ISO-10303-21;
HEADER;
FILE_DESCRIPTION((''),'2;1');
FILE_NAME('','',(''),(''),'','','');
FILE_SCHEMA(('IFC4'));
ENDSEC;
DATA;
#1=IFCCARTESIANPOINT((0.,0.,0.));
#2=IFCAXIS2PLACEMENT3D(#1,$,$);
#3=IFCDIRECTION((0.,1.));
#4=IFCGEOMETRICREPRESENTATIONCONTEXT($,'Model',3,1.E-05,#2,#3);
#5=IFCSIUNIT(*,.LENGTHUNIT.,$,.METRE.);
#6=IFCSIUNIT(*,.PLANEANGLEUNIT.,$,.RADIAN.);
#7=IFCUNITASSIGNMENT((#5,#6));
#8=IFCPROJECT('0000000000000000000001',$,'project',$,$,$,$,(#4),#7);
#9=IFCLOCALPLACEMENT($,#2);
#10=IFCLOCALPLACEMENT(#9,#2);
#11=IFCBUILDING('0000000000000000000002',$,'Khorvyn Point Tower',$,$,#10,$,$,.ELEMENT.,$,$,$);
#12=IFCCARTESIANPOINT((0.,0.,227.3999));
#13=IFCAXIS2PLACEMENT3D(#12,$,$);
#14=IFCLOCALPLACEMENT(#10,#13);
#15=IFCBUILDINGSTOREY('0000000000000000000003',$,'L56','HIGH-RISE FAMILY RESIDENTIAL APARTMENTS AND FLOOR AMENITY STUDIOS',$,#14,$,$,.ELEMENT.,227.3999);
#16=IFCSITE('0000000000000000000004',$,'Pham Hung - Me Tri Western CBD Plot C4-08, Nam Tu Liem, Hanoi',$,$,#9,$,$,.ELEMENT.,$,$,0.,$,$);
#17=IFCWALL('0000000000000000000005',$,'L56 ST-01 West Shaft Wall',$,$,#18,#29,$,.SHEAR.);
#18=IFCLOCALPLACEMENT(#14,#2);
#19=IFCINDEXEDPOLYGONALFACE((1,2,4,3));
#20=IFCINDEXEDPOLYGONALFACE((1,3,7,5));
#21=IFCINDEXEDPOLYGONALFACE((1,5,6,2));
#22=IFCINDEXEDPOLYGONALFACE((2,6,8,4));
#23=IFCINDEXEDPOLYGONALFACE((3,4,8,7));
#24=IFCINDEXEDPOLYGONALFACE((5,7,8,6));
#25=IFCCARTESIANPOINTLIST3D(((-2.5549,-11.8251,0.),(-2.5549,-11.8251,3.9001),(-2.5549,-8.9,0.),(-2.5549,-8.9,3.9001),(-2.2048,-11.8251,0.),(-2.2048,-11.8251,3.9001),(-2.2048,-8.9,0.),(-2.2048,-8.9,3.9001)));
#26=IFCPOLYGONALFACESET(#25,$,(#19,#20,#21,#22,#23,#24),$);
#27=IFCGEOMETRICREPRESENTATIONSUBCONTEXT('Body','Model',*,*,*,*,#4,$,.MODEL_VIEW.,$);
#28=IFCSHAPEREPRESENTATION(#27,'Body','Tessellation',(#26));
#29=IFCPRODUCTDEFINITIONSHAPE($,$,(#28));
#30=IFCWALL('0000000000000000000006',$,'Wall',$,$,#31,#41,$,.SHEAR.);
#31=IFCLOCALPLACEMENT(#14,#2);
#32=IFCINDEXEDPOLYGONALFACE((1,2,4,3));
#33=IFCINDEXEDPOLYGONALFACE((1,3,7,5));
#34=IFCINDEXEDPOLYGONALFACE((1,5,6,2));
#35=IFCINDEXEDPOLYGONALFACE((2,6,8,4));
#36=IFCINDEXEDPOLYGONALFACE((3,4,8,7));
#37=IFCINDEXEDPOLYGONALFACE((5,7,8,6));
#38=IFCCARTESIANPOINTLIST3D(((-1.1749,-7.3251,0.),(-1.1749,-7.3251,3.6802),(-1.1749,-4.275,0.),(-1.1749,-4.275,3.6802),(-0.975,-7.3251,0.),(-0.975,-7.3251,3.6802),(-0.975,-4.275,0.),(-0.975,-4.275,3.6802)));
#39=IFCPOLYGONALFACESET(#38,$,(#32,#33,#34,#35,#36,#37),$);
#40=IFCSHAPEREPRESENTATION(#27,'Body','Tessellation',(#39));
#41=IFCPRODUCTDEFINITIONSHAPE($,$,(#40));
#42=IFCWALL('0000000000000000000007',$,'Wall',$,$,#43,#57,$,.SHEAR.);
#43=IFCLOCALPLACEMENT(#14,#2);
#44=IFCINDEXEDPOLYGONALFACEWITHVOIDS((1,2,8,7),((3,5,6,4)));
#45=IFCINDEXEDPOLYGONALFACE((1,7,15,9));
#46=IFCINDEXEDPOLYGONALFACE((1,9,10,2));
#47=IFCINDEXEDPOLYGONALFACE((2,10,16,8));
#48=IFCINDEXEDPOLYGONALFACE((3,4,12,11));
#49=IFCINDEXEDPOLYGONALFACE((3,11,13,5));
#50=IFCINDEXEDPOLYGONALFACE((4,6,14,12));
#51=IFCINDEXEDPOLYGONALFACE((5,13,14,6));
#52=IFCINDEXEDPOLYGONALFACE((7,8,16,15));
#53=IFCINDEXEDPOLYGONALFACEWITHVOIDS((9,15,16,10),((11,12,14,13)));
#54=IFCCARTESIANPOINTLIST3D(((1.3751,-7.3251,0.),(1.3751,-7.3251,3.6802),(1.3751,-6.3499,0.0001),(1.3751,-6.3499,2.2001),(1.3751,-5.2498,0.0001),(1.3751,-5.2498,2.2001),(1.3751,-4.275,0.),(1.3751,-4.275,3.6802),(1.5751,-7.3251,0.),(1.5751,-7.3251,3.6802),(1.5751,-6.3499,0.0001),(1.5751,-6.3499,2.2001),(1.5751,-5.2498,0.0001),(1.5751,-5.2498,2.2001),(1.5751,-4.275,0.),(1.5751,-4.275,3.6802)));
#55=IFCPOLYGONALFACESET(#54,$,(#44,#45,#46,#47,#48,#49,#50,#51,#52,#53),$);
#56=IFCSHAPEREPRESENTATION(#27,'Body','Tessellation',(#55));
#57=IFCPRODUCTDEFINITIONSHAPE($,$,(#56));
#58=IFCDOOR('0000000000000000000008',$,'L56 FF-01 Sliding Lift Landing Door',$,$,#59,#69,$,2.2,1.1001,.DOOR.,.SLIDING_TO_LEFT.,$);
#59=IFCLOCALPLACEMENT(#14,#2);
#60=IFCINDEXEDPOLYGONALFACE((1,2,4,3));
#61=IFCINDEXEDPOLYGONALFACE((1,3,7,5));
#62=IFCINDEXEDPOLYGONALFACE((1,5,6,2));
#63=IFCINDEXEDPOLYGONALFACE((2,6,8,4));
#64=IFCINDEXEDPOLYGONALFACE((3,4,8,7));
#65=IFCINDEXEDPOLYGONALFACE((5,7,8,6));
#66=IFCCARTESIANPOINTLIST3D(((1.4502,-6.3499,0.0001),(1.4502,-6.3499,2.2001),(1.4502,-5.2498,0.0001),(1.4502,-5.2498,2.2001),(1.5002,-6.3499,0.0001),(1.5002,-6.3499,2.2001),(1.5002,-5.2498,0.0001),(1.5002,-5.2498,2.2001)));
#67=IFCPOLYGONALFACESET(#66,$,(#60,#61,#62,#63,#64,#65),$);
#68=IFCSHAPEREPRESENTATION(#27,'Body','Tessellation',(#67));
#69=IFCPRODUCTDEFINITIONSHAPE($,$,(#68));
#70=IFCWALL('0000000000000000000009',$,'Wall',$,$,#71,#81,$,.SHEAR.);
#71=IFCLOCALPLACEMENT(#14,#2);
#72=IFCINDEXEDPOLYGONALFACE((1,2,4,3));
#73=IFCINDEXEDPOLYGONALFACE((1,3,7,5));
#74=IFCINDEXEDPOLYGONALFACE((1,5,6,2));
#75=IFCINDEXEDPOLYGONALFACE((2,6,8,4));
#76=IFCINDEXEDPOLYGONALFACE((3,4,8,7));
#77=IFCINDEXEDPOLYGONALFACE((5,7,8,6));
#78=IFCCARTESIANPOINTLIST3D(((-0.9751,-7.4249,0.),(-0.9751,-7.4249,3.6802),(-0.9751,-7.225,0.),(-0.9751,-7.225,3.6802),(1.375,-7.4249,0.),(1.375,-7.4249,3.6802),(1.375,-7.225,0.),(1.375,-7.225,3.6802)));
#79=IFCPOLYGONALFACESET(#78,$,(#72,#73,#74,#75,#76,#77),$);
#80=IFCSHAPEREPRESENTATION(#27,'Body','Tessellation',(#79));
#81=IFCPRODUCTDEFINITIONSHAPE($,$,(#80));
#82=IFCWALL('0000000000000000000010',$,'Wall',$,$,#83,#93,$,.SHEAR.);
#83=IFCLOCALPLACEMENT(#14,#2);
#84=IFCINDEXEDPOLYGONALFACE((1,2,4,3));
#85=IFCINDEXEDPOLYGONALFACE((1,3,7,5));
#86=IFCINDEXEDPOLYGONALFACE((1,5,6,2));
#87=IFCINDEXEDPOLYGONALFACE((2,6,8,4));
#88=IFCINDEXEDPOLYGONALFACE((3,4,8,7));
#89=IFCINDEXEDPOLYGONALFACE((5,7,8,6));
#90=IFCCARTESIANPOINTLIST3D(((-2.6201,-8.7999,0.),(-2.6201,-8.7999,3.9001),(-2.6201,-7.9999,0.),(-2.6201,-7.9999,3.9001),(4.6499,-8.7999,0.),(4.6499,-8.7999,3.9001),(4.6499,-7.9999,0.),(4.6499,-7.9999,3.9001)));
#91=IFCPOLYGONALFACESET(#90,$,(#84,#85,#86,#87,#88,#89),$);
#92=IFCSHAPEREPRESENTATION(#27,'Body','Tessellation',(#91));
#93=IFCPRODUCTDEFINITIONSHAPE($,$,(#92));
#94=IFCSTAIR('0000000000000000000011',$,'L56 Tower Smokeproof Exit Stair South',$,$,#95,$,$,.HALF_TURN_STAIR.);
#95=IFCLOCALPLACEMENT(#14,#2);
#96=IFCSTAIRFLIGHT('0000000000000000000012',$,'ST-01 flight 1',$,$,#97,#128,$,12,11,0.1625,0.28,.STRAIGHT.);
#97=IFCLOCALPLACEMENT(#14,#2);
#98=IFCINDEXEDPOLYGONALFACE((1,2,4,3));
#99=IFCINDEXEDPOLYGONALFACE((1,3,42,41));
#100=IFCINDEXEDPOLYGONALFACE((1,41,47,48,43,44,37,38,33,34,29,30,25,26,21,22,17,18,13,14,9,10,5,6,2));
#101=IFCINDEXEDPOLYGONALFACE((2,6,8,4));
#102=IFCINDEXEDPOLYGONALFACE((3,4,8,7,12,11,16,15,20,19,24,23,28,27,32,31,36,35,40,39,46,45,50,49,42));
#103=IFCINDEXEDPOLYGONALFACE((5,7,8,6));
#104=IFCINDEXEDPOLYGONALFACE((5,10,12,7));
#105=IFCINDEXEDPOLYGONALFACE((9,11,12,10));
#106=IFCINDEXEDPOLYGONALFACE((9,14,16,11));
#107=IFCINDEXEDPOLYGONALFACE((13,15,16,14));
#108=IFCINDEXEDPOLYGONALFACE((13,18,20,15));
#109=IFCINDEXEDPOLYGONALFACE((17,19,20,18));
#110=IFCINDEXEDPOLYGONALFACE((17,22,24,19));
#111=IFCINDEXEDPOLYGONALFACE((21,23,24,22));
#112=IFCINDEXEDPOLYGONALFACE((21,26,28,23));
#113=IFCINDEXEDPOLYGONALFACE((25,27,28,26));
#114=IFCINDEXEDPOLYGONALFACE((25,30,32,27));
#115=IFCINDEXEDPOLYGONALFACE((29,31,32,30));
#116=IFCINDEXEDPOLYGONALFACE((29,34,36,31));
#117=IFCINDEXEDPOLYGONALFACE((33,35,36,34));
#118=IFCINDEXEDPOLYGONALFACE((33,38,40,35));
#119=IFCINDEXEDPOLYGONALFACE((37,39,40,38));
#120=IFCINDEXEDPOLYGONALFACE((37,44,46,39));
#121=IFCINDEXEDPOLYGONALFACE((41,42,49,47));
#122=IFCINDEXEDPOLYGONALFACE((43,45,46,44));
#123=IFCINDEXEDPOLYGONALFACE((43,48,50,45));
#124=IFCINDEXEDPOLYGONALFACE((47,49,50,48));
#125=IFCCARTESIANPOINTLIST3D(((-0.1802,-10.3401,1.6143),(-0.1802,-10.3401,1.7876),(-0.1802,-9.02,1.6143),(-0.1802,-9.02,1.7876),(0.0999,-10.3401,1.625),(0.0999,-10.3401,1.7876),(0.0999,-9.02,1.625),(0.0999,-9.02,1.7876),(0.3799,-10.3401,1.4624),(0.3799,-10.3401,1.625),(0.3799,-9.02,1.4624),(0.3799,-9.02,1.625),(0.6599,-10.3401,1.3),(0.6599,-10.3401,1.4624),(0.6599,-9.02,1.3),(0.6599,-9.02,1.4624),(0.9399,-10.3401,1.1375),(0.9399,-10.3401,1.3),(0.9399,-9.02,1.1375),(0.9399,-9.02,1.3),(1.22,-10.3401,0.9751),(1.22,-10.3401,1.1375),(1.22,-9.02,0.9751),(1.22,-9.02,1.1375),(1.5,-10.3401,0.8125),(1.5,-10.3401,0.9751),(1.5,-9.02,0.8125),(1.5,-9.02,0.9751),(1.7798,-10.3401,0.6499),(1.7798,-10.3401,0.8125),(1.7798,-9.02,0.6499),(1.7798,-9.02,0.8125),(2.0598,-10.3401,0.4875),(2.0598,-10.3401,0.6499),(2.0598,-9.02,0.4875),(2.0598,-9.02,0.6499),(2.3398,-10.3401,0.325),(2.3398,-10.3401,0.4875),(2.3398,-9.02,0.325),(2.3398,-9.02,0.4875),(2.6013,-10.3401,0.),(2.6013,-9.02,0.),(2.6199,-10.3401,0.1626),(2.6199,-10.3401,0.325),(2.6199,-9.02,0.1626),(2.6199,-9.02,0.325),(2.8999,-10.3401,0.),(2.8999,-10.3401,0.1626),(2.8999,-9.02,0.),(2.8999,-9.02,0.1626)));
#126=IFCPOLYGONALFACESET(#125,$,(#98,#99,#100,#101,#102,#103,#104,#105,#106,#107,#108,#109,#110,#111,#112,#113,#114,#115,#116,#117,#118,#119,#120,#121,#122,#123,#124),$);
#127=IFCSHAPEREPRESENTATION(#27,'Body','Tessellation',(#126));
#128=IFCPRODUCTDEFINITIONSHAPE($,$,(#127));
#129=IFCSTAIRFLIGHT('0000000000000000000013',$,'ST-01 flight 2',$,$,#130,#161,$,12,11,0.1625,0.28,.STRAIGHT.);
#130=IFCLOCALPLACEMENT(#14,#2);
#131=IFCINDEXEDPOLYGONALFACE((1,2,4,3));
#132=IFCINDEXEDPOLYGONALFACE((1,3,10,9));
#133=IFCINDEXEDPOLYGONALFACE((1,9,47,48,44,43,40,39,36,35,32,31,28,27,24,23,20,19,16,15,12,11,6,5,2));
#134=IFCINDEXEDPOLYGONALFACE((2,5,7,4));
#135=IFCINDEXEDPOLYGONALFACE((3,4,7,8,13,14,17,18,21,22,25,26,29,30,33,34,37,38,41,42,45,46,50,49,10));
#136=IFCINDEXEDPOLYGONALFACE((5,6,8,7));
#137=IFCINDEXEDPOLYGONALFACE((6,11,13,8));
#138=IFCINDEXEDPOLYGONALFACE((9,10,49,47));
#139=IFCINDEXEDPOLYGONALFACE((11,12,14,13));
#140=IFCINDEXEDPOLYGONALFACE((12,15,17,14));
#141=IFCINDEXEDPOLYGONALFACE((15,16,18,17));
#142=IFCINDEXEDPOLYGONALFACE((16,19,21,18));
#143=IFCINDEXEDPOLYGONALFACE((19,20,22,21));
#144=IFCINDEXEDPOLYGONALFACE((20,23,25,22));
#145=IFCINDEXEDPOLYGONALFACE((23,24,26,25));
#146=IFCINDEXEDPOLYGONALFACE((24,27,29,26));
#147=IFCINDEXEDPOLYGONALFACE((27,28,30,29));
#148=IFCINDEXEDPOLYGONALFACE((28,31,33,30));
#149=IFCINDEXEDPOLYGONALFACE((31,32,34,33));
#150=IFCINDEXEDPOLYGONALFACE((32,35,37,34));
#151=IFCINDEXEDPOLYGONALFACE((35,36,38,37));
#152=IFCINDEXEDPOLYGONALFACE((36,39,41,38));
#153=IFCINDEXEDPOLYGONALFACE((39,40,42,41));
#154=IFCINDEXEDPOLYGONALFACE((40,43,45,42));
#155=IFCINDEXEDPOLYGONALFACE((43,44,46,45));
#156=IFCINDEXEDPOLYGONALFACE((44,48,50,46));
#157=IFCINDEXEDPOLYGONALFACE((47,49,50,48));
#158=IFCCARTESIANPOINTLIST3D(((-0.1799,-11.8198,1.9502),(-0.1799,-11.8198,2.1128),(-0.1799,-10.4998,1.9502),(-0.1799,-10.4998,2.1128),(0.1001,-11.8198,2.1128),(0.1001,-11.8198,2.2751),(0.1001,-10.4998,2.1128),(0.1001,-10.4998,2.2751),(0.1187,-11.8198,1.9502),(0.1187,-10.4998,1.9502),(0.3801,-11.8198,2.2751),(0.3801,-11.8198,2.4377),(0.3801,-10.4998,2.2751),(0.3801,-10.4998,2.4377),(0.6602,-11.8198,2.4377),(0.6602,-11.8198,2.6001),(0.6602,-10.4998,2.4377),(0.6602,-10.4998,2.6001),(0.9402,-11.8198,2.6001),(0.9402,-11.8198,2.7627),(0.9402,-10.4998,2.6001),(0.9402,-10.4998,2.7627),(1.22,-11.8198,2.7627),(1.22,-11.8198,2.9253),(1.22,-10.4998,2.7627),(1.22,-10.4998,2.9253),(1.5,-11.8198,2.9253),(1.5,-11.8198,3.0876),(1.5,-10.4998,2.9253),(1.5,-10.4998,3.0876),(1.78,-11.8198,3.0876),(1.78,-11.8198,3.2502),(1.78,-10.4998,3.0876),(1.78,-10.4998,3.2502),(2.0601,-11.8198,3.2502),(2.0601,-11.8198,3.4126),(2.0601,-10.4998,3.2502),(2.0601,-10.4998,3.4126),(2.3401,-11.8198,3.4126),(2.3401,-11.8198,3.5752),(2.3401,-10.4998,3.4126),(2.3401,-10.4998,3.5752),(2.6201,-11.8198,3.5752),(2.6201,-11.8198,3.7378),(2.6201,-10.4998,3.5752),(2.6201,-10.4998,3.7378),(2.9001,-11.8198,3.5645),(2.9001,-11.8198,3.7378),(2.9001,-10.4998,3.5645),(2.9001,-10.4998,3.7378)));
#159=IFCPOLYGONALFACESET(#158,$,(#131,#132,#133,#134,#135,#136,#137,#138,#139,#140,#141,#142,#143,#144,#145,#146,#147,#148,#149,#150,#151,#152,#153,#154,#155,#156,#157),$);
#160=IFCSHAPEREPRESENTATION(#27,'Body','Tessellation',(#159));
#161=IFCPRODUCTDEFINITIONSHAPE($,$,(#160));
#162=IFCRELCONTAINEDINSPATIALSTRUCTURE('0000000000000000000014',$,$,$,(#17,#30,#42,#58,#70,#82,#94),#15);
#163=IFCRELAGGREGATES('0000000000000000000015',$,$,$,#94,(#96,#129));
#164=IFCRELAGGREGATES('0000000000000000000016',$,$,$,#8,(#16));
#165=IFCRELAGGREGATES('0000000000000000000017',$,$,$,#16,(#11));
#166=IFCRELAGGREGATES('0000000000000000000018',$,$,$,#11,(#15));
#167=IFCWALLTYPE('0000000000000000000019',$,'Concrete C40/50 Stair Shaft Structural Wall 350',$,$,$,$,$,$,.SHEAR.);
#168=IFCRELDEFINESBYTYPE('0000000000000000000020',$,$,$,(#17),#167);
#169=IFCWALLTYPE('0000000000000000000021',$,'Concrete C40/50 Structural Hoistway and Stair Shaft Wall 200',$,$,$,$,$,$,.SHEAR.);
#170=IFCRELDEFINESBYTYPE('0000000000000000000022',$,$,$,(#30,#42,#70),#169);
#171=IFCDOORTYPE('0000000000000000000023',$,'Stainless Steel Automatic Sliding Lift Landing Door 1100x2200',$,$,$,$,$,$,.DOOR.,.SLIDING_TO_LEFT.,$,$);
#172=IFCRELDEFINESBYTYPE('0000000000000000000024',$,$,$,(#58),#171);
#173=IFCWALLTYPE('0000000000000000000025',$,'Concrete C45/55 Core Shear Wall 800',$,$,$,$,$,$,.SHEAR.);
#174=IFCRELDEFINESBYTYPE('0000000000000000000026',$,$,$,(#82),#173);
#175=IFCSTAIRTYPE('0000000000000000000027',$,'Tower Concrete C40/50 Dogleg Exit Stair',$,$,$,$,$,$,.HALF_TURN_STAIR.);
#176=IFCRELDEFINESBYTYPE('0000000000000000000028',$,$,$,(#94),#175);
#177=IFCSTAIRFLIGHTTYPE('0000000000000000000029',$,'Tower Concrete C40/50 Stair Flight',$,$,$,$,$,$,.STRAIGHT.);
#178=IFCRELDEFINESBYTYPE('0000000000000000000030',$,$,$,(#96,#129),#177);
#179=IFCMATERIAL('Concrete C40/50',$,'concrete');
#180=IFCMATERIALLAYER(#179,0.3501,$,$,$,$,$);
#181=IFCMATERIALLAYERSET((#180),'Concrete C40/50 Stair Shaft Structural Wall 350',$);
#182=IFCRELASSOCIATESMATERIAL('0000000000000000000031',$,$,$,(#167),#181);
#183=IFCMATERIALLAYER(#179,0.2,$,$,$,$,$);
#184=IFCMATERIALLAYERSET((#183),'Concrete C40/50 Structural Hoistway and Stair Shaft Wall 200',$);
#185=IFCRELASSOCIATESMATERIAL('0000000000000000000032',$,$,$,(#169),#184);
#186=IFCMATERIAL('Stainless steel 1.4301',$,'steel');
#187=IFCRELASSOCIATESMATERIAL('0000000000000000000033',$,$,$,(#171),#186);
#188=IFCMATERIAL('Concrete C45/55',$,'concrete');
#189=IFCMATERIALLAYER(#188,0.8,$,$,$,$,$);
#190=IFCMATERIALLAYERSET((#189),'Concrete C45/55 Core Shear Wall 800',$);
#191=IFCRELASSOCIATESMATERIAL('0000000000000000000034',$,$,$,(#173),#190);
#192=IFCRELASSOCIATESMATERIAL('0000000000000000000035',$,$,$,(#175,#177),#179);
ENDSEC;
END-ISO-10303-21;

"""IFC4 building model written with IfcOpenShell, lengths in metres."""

from ifc_helpers import new_model, si_unit, direction, frame, frame_2d, origin, place, context, subcontext, project, spatial, polyline, rectangle, outline, extrude, material, layer, layer_set, type_object, element, fill, aggregate, save


model = new_model("IFC4")

# Units and contexts
model_context = context("Model", 3, precision=1e-05, world=origin(), true_north=direction((0.0, 1.0)))
body_context = subcontext(model_context, "Body", "Model", "MODEL_VIEW")
ifc_project = project(units=[si_unit("LENGTHUNIT", "METRE"), si_unit("PLANEANGLEUNIT", "RADIAN")], contexts=[model_context])

# Site, building, storey
site_placement = place(None, origin())
site = spatial("IfcSite", under=ifc_project, at=site_placement, Name="Pham Hung - Me Tri Western CBD Plot C4-08, Nam Tu Liem, Hanoi", CompositionType="ELEMENT", RefElevation=0.0)
building_placement = place(site_placement, origin())
building = spatial("IfcBuilding", under=site, at=building_placement, Name="Khorvyn Point Tower", CompositionType="ELEMENT")
storey_placement = place(building_placement, frame((0.0, 0.0, 227.3999)))
storey = spatial("IfcBuildingStorey", under=building, at=storey_placement, Name="L56", Description="HIGH-RISE FAMILY RESIDENTIAL APARTMENTS AND FLOOR AMENITY STUDIOS", CompositionType="ELEMENT", Elevation=227.3999)

# Shared definitions
ifc_material_1 = material(Name="Concrete C45/55", Category="concrete")

# Shared definitions
ifc_material_2 = material(Name="Concrete C40/50", Category="concrete")

# Walls
ifc_layer_1 = layer(ifc_material_2, 0.3501)
ifc_layer_set_1 = layer_set([ifc_layer_1], Name="Concrete C40/50 Stair Shaft Structural Wall 350")
wall_type_1 = type_object("IfcWallType", Name="Concrete C40/50 Stair Shaft Structural Wall 350", PredefinedType="SHEAR", material=ifc_layer_set_1)
wall_1_placement = place(storey_placement, frame((-2.3799, -11.825, 0.0), z_axis=(0.0, 0.0, 1.0), x_axis=(0.0, 1.0, 0.0)))
element("IfcWall", 1, at=wall_1_placement, inside=storey, type_object=wall_type_1, Name="L56 ST-01 West Shaft Wall", PredefinedType="SHEAR", context=body_context, shape_type="SweptSolid", body=[
    extrude(rectangle(XDim=2.925, YDim=0.3501, at=frame_2d((1.4624, 0.0))), origin(), (0.0, 0.0, 1.0), 3.9001),
])
ifc_layer_2 = layer(ifc_material_2, 0.2)
ifc_layer_set_2 = layer_set([ifc_layer_2], Name="Concrete C40/50 Structural Hoistway and Stair Shaft Wall 200")
wall_type_2 = type_object("IfcWallType", Name="Concrete C40/50 Structural Hoistway and Stair Shaft Wall 200", PredefinedType="SHEAR", material=ifc_layer_set_2)
wall_2_placement = place(storey_placement, frame((-1.075, -7.325, 0.0), z_axis=(0.0, 0.0, 1.0), x_axis=(0.0, 1.0, 0.0)))
element("IfcWall", 2, at=wall_2_placement, inside=storey, type_object=wall_type_2, Name="Wall", PredefinedType="SHEAR", context=body_context, shape_type="SweptSolid", body=[
    extrude(rectangle(XDim=3.05, YDim=0.2, at=frame_2d((1.5249, 0.0))), origin(), (0.0, 0.0, 1.0), 3.6802),
])

# Wall, opening, door
wall_3_placement = place(storey_placement, frame((1.4751, -7.325, 0.0), z_axis=(0.0, 0.0, 1.0), x_axis=(0.0, 1.0, 0.0)))
wall_3 = element("IfcWall", 3, at=wall_3_placement, inside=storey, type_object=wall_type_2, Name="Wall", PredefinedType="SHEAR", context=body_context, shape_type="SweptSolid", body=[
    extrude(rectangle(XDim=3.05, YDim=0.2, at=frame_2d((1.5249, 0.0))), origin(), (0.0, 0.0, 1.0), 3.6802),
])
opening_1_placement = place(wall_3_placement, frame((0.9751, 0.0, 0.0)))
opening_1 = element("IfcOpeningElement", 4, at=opening_1_placement, cuts=wall_3, PredefinedType="OPENING", context=body_context, shape_type="SweptSolid", body=[
    extrude(rectangle(XDim=1.1001, YDim=2.2, at=frame_2d((0.55, 1.1001))), frame((0.0, 0.1099, 0.0), z_axis=(0.0, -1.0, 0.0), x_axis=(1.0, 0.0, 0.0)), (0.0, 0.0, 1.0), 0.22),
])
ifc_material_3 = material(Name="Stainless steel 1.4301", Category="steel")
door_type_1 = type_object("IfcDoorType", Name="Stainless Steel Automatic Sliding Lift Landing Door 1100x2200", OperationType="SLIDING_TO_LEFT", PredefinedType="DOOR", material=ifc_material_3)
door_1_placement = place(opening_1_placement, origin())
door_1 = element("IfcDoor", 5, at=door_1_placement, inside=storey, type_object=door_type_1, Name="L56 FF-01 Sliding Lift Landing Door", OperationType="SLIDING_TO_LEFT", OverallHeight=2.2, OverallWidth=1.1001, PredefinedType="DOOR", context=body_context, shape_type="SweptSolid", body=[
    extrude(rectangle(XDim=1.1001, YDim=2.2, at=frame_2d((0.55, 1.1001))), frame((0.0, 0.0249, 0.0), z_axis=(0.0, -1.0, 0.0), x_axis=(1.0, 0.0, 0.0)), (0.0, 0.0, 1.0), 0.05),
])
fill(opening_1, door_1)

# Walls
wall_4_placement = place(storey_placement, frame((-0.9751, -7.325, 0.0), z_axis=(0.0, 0.0, 1.0), x_axis=(1.0, 0.0, 0.0)))
element("IfcWall", 6, at=wall_4_placement, inside=storey, type_object=wall_type_2, Name="Wall", PredefinedType="SHEAR", context=body_context, shape_type="SweptSolid", body=[
    extrude(rectangle(XDim=2.3501, YDim=0.2, at=frame_2d((1.175, 0.0))), origin(), (0.0, 0.0, 1.0), 3.6802),
])
ifc_layer_3 = layer(ifc_material_1, 0.8)
ifc_layer_set_3 = layer_set([ifc_layer_3], Name="Concrete C45/55 Core Shear Wall 800")
wall_type_3 = type_object("IfcWallType", Name="Concrete C45/55 Core Shear Wall 800", PredefinedType="SHEAR", material=ifc_layer_set_3)
wall_5_placement = place(storey_placement, frame((-2.6201, -8.3999, 0.0), z_axis=(0.0, 0.0, 1.0), x_axis=(1.0, 0.0, 0.0)))
element("IfcWall", 7, at=wall_5_placement, inside=storey, type_object=wall_type_3, Name="Wall", PredefinedType="SHEAR", context=body_context, shape_type="SweptSolid", body=[
    extrude(rectangle(XDim=7.27, YDim=0.8, at=frame_2d((3.635, 0.0))), origin(), (0.0, 0.0, 1.0), 3.9001),
])

# Stair, stair flights
stair_type = type_object("IfcStairType", Name="Tower Concrete C40/50 Dogleg Exit Stair", PredefinedType="HALF_TURN_STAIR", material=ifc_material_2)
stair_placement = place(storey_placement, origin())
stair = element("IfcStair", 8, at=stair_placement, inside=storey, type_object=stair_type, Name="L56 Tower Smokeproof Exit Stair South", PredefinedType="HALF_TURN_STAIR")
stair_flight_type = type_object("IfcStairFlightType", Name="Tower Concrete C40/50 Stair Flight", PredefinedType="STRAIGHT", material=ifc_material_2)
stair_flight_1_placement = place(storey_placement, frame((2.8999, -9.6799, 0.0), z_axis=(0.0, 0.0, 1.0), x_axis=(-1.0, 0.0, 0.0)))
stair_flight_1 = element("IfcStairFlight", 9, at=stair_flight_1_placement, type_object=stair_flight_type, Name="ST-01 flight 1", NumberOfRisers=12, NumberOfTreads=11, PredefinedType="STRAIGHT", RiserHeight=0.1625, TreadLength=0.28, context=body_context, shape_type="SweptSolid", body=[
    extrude(outline(polyline([(0.0, 0.0), (0.0, 0.1626), (0.28, 0.1626), (0.28, 0.325), (0.5601, 0.325), (0.5601, 0.4875), (0.8401, 0.4875), (0.8401, 0.6499), (1.1201, 0.6499), (1.1201, 0.8125), (1.3999, 0.8125), (1.3999, 0.9751), (1.6799, 0.9751), (1.6799, 1.1375), (1.96, 1.1375), (1.96, 1.3), (2.24, 1.3), (2.24, 1.4624), (2.52, 1.4624), (2.52, 1.625), (2.8, 1.625), (2.8, 1.7876), (3.0801, 1.7876), (3.0801, 1.95), (3.0801, 1.6143), (0.2986, 0.0), (0.0, 0.0)])), frame((0.0, 0.6602, 0.0), z_axis=(0.0, -1.0, 0.0), x_axis=(1.0, 0.0, 0.0)), (0.0, 0.0, 1.0), 1.3201),
])
stair_flight_2_placement = place(storey_placement, frame((-0.1799, -11.1599, 1.9502), z_axis=(0.0, 0.0, 1.0), x_axis=(1.0, 0.0, 0.0)))
stair_flight_2 = element("IfcStairFlight", 10, at=stair_flight_2_placement, type_object=stair_flight_type, Name="ST-01 flight 2", NumberOfRisers=12, NumberOfTreads=11, PredefinedType="STRAIGHT", RiserHeight=0.1625, TreadLength=0.28, context=body_context, shape_type="SweptSolid", body=[
    extrude(outline(polyline([(0.0, 0.0), (0.0, 0.1626), (0.28, 0.1626), (0.28, 0.325), (0.5601, 0.325), (0.5601, 0.4875), (0.8401, 0.4875), (0.8401, 0.6499), (1.1201, 0.6499), (1.1201, 0.8125), (1.3999, 0.8125), (1.3999, 0.9751), (1.6799, 0.9751), (1.6799, 1.1375), (1.96, 1.1375), (1.96, 1.3), (2.24, 1.3), (2.24, 1.4624), (2.52, 1.4624), (2.52, 1.625), (2.8, 1.625), (2.8, 1.7876), (3.0801, 1.7876), (3.0801, 1.95), (3.0801, 1.6143), (0.2986, 0.0), (0.0, 0.0)])), frame((0.0, 0.6602, 0.0), z_axis=(0.0, -1.0, 0.0), x_axis=(1.0, 0.0, 0.0)), (0.0, 0.0, 1.0), 1.3201),
])
aggregate(stair, [stair_flight_1, stair_flight_2])

save(model, "model.ifc")
